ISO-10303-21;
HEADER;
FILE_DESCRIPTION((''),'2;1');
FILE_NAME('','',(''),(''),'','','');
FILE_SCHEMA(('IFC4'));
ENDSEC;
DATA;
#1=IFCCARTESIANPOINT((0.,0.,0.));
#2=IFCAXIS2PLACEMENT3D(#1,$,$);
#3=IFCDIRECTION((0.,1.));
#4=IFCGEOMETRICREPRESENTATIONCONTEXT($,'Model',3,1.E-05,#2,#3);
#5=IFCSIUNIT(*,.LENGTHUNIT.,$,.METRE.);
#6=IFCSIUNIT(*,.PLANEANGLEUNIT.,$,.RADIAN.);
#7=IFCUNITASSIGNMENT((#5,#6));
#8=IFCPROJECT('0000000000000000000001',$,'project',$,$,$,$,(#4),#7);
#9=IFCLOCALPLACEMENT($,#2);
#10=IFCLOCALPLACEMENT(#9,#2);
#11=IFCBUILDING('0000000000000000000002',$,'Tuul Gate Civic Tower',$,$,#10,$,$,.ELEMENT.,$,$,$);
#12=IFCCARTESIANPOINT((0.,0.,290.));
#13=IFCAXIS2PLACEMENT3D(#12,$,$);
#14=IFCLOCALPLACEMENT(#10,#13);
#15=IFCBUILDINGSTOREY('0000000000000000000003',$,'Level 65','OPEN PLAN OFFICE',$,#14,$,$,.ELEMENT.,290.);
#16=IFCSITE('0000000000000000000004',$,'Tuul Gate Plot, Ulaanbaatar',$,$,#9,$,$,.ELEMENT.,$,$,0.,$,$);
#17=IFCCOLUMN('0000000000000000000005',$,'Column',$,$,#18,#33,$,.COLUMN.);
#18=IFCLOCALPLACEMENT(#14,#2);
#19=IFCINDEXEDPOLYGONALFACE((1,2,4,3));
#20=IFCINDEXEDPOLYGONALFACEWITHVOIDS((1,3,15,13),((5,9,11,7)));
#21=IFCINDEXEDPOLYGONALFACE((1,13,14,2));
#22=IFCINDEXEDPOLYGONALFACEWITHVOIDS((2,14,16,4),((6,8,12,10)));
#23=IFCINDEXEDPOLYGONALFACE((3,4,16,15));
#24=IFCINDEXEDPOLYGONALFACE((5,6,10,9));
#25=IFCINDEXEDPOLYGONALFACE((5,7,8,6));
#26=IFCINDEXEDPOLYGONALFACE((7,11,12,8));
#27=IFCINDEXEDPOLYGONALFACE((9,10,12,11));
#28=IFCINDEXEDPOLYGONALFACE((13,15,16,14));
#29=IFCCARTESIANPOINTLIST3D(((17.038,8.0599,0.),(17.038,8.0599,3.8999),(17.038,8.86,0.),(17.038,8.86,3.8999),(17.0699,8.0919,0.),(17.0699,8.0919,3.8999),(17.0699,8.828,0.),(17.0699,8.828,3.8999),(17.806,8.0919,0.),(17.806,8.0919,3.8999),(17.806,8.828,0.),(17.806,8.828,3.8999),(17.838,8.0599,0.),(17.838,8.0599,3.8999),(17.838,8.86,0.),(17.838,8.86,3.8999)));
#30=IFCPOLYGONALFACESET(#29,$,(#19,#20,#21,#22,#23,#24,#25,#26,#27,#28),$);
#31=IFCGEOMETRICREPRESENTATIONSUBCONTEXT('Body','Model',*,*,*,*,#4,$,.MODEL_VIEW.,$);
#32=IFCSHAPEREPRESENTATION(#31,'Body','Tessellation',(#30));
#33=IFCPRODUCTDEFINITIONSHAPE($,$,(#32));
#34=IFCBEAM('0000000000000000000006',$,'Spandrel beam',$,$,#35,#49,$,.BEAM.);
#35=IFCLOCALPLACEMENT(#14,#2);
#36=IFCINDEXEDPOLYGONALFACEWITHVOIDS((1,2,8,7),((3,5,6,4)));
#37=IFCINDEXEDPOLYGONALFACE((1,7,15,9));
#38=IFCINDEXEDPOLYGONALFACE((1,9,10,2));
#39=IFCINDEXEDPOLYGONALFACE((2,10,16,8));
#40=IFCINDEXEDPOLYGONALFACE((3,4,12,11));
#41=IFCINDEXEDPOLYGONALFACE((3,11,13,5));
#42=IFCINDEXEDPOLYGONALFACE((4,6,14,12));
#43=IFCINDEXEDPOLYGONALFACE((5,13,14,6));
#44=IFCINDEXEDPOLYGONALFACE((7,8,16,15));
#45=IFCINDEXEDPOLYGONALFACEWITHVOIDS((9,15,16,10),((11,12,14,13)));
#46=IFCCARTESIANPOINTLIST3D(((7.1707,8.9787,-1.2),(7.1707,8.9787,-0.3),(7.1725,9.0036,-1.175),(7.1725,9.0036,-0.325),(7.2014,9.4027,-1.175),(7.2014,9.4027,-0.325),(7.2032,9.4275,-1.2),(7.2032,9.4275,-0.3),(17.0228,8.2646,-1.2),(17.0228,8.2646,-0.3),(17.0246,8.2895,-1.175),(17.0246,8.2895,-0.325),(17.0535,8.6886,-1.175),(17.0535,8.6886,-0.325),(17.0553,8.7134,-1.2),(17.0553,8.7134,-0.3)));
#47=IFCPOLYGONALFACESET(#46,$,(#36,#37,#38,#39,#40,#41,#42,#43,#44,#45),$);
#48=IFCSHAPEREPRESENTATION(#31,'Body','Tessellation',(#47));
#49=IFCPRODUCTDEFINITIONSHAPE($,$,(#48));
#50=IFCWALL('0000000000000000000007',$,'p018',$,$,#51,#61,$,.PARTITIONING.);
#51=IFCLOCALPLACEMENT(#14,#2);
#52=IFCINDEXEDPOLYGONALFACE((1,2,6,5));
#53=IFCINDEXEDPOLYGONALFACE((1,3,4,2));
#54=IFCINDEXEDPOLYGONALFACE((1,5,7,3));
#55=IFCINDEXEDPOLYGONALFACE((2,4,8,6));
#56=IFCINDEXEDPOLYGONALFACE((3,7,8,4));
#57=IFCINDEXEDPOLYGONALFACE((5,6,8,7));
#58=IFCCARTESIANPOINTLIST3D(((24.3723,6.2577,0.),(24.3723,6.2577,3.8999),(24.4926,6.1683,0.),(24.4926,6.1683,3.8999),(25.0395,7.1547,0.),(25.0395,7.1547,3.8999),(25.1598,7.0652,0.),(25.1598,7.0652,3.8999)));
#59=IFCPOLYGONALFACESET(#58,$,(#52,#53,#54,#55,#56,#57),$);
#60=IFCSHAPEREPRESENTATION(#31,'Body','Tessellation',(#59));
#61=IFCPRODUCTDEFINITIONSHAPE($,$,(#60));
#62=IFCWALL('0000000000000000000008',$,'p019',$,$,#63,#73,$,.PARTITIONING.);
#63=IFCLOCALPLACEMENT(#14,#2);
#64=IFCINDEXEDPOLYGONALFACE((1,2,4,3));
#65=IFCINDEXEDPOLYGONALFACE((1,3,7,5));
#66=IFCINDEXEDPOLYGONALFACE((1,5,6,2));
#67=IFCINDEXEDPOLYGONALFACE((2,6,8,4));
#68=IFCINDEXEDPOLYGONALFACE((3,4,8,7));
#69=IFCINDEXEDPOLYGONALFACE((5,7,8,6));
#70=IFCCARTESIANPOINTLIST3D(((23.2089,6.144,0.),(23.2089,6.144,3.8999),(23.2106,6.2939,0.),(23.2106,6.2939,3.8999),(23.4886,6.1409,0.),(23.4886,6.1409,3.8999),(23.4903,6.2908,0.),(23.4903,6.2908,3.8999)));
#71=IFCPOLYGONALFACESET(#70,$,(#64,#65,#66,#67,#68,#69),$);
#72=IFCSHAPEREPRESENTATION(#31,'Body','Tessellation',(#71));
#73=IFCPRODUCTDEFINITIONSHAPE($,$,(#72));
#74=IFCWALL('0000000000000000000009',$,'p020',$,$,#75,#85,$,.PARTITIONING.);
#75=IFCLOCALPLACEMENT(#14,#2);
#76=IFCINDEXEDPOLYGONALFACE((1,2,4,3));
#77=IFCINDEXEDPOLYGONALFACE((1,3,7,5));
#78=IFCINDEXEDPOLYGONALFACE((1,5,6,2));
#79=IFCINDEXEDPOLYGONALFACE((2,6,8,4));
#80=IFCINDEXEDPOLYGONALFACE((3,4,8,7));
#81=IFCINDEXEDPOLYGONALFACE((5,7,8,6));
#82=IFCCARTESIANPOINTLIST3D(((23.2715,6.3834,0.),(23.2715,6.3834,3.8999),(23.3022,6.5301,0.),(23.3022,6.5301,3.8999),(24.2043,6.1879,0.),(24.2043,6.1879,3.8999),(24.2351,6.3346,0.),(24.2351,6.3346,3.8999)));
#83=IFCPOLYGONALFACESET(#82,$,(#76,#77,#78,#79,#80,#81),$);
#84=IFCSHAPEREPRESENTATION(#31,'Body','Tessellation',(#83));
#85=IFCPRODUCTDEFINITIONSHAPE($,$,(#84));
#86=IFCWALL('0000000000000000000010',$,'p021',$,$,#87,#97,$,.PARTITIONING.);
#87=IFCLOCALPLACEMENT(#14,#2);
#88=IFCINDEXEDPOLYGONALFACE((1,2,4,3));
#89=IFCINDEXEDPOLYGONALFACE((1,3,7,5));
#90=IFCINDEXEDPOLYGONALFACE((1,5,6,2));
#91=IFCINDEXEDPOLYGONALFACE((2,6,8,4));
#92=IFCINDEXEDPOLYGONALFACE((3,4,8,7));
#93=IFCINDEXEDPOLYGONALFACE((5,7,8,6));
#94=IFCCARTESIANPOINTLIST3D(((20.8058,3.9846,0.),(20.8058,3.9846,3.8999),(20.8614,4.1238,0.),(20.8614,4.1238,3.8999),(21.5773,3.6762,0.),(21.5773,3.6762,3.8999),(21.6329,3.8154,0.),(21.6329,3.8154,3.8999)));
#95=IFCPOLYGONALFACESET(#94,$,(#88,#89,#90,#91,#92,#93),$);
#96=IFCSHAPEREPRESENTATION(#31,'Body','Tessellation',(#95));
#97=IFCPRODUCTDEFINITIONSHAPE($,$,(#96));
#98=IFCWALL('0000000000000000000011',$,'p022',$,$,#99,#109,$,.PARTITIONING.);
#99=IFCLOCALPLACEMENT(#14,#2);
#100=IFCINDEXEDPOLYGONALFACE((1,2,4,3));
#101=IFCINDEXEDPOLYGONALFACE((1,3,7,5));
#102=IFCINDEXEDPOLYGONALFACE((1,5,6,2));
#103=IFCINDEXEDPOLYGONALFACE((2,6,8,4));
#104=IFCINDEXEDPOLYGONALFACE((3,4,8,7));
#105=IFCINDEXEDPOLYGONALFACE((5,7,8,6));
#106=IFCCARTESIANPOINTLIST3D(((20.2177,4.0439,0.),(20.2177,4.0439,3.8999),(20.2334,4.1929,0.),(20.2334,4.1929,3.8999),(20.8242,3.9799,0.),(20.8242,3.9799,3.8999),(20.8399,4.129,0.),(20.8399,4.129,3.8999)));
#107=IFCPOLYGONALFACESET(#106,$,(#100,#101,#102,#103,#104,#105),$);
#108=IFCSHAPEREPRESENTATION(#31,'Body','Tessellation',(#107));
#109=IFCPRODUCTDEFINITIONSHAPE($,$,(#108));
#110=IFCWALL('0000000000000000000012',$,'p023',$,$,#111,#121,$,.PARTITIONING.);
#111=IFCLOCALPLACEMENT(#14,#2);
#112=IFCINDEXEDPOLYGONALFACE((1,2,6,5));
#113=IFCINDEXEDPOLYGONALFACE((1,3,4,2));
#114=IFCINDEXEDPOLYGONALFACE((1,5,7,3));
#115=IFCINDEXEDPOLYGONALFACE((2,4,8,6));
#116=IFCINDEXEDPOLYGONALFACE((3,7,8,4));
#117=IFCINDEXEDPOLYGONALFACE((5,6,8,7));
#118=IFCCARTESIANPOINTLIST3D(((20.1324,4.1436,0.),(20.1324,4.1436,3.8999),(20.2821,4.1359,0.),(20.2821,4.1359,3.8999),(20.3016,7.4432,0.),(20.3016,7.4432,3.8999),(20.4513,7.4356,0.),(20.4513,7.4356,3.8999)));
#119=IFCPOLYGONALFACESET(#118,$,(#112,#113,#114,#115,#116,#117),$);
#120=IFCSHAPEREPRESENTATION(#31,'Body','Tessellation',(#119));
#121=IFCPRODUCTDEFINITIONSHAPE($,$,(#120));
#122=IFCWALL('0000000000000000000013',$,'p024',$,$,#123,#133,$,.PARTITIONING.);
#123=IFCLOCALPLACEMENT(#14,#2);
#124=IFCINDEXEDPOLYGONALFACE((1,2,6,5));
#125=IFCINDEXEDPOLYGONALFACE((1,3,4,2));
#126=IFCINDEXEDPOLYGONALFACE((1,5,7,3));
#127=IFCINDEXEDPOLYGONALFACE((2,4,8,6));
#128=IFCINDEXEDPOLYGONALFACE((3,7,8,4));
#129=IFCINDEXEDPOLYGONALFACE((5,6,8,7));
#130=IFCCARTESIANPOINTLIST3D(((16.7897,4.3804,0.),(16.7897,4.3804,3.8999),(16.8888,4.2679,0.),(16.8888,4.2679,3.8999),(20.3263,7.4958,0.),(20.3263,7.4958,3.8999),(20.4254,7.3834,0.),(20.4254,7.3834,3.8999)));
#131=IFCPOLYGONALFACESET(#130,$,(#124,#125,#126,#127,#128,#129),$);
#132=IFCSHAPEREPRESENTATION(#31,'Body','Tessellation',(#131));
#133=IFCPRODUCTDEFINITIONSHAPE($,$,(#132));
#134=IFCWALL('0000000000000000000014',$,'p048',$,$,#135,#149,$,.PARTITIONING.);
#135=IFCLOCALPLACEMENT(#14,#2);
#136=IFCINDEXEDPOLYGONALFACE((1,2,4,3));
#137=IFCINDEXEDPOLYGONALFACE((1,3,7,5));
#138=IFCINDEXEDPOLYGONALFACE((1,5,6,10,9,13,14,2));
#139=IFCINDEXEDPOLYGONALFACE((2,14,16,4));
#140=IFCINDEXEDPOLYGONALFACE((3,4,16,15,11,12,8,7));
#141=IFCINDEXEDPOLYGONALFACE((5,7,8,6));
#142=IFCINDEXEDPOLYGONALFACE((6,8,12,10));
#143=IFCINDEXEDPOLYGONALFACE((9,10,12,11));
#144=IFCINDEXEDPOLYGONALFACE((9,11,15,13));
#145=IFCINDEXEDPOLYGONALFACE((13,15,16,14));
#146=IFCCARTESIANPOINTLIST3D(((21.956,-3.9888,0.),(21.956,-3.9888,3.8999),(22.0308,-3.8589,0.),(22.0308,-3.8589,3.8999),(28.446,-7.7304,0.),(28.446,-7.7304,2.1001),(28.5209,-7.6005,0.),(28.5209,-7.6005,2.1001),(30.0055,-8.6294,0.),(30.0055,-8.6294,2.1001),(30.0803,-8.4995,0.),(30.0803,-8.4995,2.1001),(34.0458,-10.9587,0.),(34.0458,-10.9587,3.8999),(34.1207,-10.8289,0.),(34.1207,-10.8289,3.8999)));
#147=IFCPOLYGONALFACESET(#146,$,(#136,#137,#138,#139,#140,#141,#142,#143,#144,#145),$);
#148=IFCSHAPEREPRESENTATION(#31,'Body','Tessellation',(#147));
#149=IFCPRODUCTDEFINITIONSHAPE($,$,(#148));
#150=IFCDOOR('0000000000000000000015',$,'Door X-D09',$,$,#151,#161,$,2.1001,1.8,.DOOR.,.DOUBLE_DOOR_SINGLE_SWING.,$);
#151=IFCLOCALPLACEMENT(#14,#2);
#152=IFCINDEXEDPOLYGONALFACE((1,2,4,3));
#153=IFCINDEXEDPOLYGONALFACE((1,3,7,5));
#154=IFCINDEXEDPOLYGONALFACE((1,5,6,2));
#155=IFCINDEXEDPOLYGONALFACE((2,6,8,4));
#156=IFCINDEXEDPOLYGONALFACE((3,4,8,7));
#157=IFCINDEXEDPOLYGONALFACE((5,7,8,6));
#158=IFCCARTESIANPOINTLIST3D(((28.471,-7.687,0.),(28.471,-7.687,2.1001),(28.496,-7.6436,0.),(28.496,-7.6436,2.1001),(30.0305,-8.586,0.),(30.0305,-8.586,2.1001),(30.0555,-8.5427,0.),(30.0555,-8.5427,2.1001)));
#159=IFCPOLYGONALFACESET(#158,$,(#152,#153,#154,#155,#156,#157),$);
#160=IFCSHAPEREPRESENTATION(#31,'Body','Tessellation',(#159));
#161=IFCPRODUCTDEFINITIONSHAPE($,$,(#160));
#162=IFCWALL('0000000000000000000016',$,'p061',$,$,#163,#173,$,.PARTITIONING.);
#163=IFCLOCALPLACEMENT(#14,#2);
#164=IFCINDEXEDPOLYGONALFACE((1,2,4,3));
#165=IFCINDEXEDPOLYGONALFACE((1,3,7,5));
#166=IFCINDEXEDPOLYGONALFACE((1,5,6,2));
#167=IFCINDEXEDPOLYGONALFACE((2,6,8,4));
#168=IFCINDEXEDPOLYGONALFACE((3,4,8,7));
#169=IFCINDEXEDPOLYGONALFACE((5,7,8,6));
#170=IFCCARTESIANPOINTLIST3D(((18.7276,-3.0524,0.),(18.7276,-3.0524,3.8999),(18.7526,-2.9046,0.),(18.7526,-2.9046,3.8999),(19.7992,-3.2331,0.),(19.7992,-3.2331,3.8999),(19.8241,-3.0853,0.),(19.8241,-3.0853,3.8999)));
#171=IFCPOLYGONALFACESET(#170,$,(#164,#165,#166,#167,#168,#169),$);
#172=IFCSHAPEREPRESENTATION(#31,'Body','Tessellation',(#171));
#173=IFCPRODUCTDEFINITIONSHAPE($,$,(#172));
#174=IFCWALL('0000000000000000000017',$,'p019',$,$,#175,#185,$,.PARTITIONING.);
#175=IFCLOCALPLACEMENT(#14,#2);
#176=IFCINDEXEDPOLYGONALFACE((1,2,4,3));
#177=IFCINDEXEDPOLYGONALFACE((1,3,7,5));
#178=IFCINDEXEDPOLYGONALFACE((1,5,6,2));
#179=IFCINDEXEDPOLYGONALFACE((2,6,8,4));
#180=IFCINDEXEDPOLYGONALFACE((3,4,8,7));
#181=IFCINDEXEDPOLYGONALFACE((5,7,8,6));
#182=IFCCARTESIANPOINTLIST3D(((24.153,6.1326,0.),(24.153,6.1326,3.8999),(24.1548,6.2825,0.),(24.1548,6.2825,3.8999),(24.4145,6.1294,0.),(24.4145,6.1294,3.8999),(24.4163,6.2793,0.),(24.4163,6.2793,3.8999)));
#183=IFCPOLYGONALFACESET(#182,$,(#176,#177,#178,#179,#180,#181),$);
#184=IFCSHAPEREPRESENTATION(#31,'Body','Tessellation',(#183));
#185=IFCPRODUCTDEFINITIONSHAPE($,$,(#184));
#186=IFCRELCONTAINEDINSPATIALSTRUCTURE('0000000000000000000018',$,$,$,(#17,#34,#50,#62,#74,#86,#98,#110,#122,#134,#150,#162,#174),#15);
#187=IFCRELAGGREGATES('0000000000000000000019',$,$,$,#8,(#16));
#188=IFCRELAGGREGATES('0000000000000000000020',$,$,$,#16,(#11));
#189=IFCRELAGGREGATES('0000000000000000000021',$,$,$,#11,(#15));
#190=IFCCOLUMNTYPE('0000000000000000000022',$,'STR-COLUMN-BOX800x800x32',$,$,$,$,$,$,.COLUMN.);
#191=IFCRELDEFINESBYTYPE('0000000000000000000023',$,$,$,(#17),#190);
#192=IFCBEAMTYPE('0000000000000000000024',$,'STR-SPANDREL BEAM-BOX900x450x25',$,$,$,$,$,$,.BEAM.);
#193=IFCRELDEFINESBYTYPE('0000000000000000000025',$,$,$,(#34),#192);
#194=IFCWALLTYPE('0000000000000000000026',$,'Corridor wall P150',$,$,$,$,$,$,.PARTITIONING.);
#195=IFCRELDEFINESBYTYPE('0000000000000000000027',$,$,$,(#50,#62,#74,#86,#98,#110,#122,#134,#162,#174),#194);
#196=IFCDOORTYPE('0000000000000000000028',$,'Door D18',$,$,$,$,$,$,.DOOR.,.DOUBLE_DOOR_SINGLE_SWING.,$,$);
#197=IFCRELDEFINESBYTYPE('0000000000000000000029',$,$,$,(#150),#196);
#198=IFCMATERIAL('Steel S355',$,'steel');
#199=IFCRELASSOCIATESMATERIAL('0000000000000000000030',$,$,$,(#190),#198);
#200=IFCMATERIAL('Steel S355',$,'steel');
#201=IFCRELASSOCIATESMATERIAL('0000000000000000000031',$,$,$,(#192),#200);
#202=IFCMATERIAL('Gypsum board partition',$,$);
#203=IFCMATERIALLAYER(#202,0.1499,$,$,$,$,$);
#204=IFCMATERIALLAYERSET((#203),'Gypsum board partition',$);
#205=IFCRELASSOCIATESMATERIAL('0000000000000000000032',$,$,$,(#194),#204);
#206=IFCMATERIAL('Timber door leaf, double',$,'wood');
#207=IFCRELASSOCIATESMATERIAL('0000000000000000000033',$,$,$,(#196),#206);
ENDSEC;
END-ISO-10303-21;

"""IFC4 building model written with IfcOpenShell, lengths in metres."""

from ifc_helpers import new_model, si_unit, direction, frame, frame_2d, origin, origin_2d, place, context, subcontext, project, spatial, rectangle, hollow_rectangle, extrude, material, layer, layer_set, material_profile, profile_set, type_object, element, fill, save


model = new_model("IFC4")

# Units and contexts
model_context = context("Model", 3, precision=1e-05, world=origin(), true_north=direction((0.0, 1.0)))
body_context = subcontext(model_context, "Body", "Model", "MODEL_VIEW")
ifc_project = project(units=[si_unit("LENGTHUNIT", "METRE"), si_unit("PLANEANGLEUNIT", "RADIAN")], contexts=[model_context])

# Site, building, storey
site_placement = place(None, origin())
site = spatial("IfcSite", under=ifc_project, at=site_placement, Name="Tuul Gate Plot, Ulaanbaatar", CompositionType="ELEMENT", RefElevation=0.0)
building_placement = place(site_placement, origin())
building = spatial("IfcBuilding", under=site, at=building_placement, Name="Tuul Gate Civic Tower", CompositionType="ELEMENT")
storey_placement = place(building_placement, frame((0.0, 0.0, 290.0)))
storey = spatial("IfcBuildingStorey", under=building, at=storey_placement, Name="Level 65", Description="OPEN PLAN OFFICE", CompositionType="ELEMENT", Elevation=290.0)

# Column
ifc_material_1 = material(Name="Steel S355", Category="steel")
ifc_material_profile_1 = material_profile(ifc_material_1, hollow_rectangle(XDim=0.8, YDim=0.8, WallThickness=0.032, at=origin_2d()), Name="BOX800x800x32")
ifc_profile_set_1 = profile_set([ifc_material_profile_1], Name="Steel S355")
column_type = type_object("IfcColumnType", Name="STR-COLUMN-BOX800x800x32", PredefinedType="COLUMN", material=ifc_profile_set_1)
column_placement = place(storey_placement, frame((17.438, 8.46, 0.0), z_axis=(0.0, 0.0, 1.0), x_axis=(1.0, 0.0, 0.0)))
element("IfcColumn", 1, at=column_placement, inside=storey, type_object=column_type, Name="Column", PredefinedType="COLUMN", context=body_context, shape_type="SweptSolid", body=[
    extrude(hollow_rectangle(XDim=0.8, YDim=0.8, WallThickness=0.032, at=origin_2d()), origin(), (0.0, 0.0, 1.0), 3.8999),
])

# Beam
ifc_material_2 = material(Name="Steel S355", Category="steel")
ifc_material_profile_2 = material_profile(ifc_material_2, hollow_rectangle(XDim=0.45, YDim=0.8999, WallThickness=0.0249, at=origin_2d()), Name="BOX900x450x25")
ifc_profile_set_2 = profile_set([ifc_material_profile_2], Name="Steel S355")
beam_type = type_object("IfcBeamType", Name="STR-SPANDREL BEAM-BOX900x450x25", PredefinedType="BEAM", material=ifc_profile_set_2)
beam_placement = place(storey_placement, frame((17.0391, 8.489, -0.75), z_axis=(-0.997383, 0.072294, 0.0), x_axis=(-0.072294, -0.997383, 0.0)))
element("IfcBeam", 2, at=beam_placement, inside=storey, type_object=beam_type, Name="Spandrel beam", PredefinedType="BEAM", context=body_context, shape_type="SweptSolid", body=[
    extrude(hollow_rectangle(XDim=0.45, YDim=0.8999, WallThickness=0.0249, at=origin_2d()), origin(), (0.0, 0.0, 1.0), 9.8779),
])

# Walls
ifc_material_3 = material(Name="Gypsum board partition")
ifc_layer_1 = layer(ifc_material_3, 0.1499)
ifc_layer_set_1 = layer_set([ifc_layer_1], Name="Gypsum board partition")
wall_type_1 = type_object("IfcWallType", Name="Corridor wall P150", PredefinedType="PARTITIONING", material=ifc_layer_set_1)
wall_1_placement = place(storey_placement, frame((24.4324, 6.2129, 0.0), z_axis=(0.0, 0.0, 1.0), x_axis=(0.596851, 0.802352, 0.0)))
element("IfcWall", 3, at=wall_1_placement, inside=storey, type_object=wall_type_1, Name="p018", PredefinedType="PARTITIONING", context=body_context, shape_type="SweptSolid", body=[
    extrude(rectangle(XDim=1.1179, YDim=0.1499, at=frame_2d((0.5591, 0.0))), origin(), (0.0, 0.0, 1.0), 3.8999),
])
wall_2_placement = place(storey_placement, frame((23.2097, 6.219, 0.0), z_axis=(0.0, 0.0, 1.0), x_axis=(0.999936, -0.011343, 0.0)))
element("IfcWall", 4, at=wall_2_placement, inside=storey, type_object=wall_type_1, Name="p019", PredefinedType="PARTITIONING", context=body_context, shape_type="SweptSolid", body=[
    extrude(rectangle(XDim=0.2798, YDim=0.1499, at=frame_2d((0.1399, 0.0))), origin(), (0.0, 0.0, 1.0), 3.8999),
])
wall_3_placement = place(storey_placement, frame((23.2869, 6.4568, 0.0), z_axis=(0.0, 0.0, 1.0), x_axis=(0.978726, -0.205171, 0.0)))
element("IfcWall", 5, at=wall_3_placement, inside=storey, type_object=wall_type_1, Name="p020", PredefinedType="PARTITIONING", context=body_context, shape_type="SweptSolid", body=[
    extrude(rectangle(XDim=0.9531, YDim=0.1499, at=frame_2d((0.4766, 0.0))), origin(), (0.0, 0.0, 1.0), 3.8999),
])
wall_4_placement = place(storey_placement, frame((20.8335, 4.0542, 0.0), z_axis=(0.0, 0.0, 1.0), x_axis=(0.928578, -0.371137, 0.0)))
element("IfcWall", 6, at=wall_4_placement, inside=storey, type_object=wall_type_1, Name="p021", PredefinedType="PARTITIONING", context=body_context, shape_type="SweptSolid", body=[
    extrude(rectangle(XDim=0.8308, YDim=0.1499, at=frame_2d((0.4155, 0.0))), origin(), (0.0, 0.0, 1.0), 3.8999),
])
wall_5_placement = place(storey_placement, frame((20.2256, 4.1184, 0.0), z_axis=(0.0, 0.0, 1.0), x_axis=(0.994483, -0.104893, 0.0)))
element("IfcWall", 7, at=wall_5_placement, inside=storey, type_object=wall_type_1, Name="p022", PredefinedType="PARTITIONING", context=body_context, shape_type="SweptSolid", body=[
    extrude(rectangle(XDim=0.6099, YDim=0.1499, at=frame_2d((0.3049, 0.0))), origin(), (0.0, 0.0, 1.0), 3.8999),
])
wall_6_placement = place(storey_placement, frame((20.2073, 4.1399, 0.0), z_axis=(0.0, 0.0, 1.0), x_axis=(0.051209, 0.998688, 0.0)))
element("IfcWall", 8, at=wall_6_placement, inside=storey, type_object=wall_type_1, Name="p023", PredefinedType="PARTITIONING", context=body_context, shape_type="SweptSolid", body=[
    extrude(rectangle(XDim=3.304, YDim=0.1499, at=frame_2d((1.6519, 0.0))), origin(), (0.0, 0.0, 1.0), 3.8999),
])
wall_7_placement = place(storey_placement, frame((16.8394, 4.3242, 0.0), z_axis=(0.0, 0.0, 1.0), x_axis=(0.750371, 0.661017, 0.0)))
element("IfcWall", 9, at=wall_7_placement, inside=storey, type_object=wall_type_1, Name="p024", PredefinedType="PARTITIONING", context=body_context, shape_type="SweptSolid", body=[
    extrude(rectangle(XDim=4.7131, YDim=0.1499, at=frame_2d((2.3564, 0.0))), origin(), (0.0, 0.0, 1.0), 3.8999),
])

# Wall, opening, door
wall_8_placement = place(storey_placement, frame((21.9934, -3.9238, 0.0), z_axis=(0.0, 0.0, 1.0), x_axis=(0.866339, -0.499457, 0.0)))
wall_8 = element("IfcWall", 10, at=wall_8_placement, inside=storey, type_object=wall_type_1, Name="p048", PredefinedType="PARTITIONING", context=body_context, shape_type="SweptSolid", body=[
    extrude(rectangle(XDim=13.9551, YDim=0.1499, at=frame_2d((6.9775, 0.0))), origin(), (0.0, 0.0, 1.0), 3.8999),
])
opening_1_placement = place(wall_8_placement, frame((7.4915, 0.0, 0.0)))
opening_1 = element("IfcOpeningElement", 11, at=opening_1_placement, cuts=wall_8, PredefinedType="OPENING", context=body_context, shape_type="SweptSolid", body=[
    extrude(rectangle(XDim=1.8, YDim=2.1001, at=frame_2d((0.8999, 1.05))), frame((0.0, 0.085, 0.0), z_axis=(0.0, -1.0, 0.0), x_axis=(1.0, 0.0, 0.0)), (0.0, 0.0, 1.0), 0.1699),
])
ifc_material_4 = material(Name="Timber door leaf, double", Category="wood")
door_type_1 = type_object("IfcDoorType", Name="Door D18", OperationType="DOUBLE_DOOR_SINGLE_SWING", PredefinedType="DOOR", material=ifc_material_4)
door_1_placement = place(opening_1_placement, frame((1.8, 0.0, 0.0), z_axis=(0.0, 0.0, 1.0), x_axis=(-1.0, 0.0, 0.0)))
door_1 = element("IfcDoor", 12, at=door_1_placement, inside=storey, type_object=door_type_1, Name="Door X-D09", OperationType="DOUBLE_DOOR_SINGLE_SWING", OverallHeight=2.1001, OverallWidth=1.8, PredefinedType="DOOR", context=body_context, shape_type="SweptSolid", body=[
    extrude(rectangle(XDim=1.8, YDim=2.1001, at=frame_2d((0.9001, 1.05))), frame((0.0, 0.0249, 0.0), z_axis=(0.0, -1.0, 0.0), x_axis=(1.0, 0.0, 0.0)), (0.0, 0.0, 1.0), 0.05),
])
fill(opening_1, door_1)

# Walls
wall_9_placement = place(storey_placement, frame((18.74, -2.9785, 0.0), z_axis=(0.0, 0.0, 1.0), x_axis=(0.986082, -0.166257, 0.0)))
element("IfcWall", 13, at=wall_9_placement, inside=storey, type_object=wall_type_1, Name="p061", PredefinedType="PARTITIONING", context=body_context, shape_type="SweptSolid", body=[
    extrude(rectangle(XDim=1.0867, YDim=0.1499, at=frame_2d((0.5435, 0.0))), origin(), (0.0, 0.0, 1.0), 3.8999),
])
wall_10_placement = place(storey_placement, frame((24.1538, 6.2075, 0.0), z_axis=(0.0, 0.0, 1.0), x_axis=(0.999926, -0.012137, 0.0)))
element("IfcWall", 14, at=wall_10_placement, inside=storey, type_object=wall_type_1, Name="p019", PredefinedType="PARTITIONING", context=body_context, shape_type="SweptSolid", body=[
    extrude(rectangle(XDim=0.2615, YDim=0.1499, at=frame_2d((0.1309, 0.0))), origin(), (0.0, 0.0, 1.0), 3.8999),
])

save(model, "model.ifc")
